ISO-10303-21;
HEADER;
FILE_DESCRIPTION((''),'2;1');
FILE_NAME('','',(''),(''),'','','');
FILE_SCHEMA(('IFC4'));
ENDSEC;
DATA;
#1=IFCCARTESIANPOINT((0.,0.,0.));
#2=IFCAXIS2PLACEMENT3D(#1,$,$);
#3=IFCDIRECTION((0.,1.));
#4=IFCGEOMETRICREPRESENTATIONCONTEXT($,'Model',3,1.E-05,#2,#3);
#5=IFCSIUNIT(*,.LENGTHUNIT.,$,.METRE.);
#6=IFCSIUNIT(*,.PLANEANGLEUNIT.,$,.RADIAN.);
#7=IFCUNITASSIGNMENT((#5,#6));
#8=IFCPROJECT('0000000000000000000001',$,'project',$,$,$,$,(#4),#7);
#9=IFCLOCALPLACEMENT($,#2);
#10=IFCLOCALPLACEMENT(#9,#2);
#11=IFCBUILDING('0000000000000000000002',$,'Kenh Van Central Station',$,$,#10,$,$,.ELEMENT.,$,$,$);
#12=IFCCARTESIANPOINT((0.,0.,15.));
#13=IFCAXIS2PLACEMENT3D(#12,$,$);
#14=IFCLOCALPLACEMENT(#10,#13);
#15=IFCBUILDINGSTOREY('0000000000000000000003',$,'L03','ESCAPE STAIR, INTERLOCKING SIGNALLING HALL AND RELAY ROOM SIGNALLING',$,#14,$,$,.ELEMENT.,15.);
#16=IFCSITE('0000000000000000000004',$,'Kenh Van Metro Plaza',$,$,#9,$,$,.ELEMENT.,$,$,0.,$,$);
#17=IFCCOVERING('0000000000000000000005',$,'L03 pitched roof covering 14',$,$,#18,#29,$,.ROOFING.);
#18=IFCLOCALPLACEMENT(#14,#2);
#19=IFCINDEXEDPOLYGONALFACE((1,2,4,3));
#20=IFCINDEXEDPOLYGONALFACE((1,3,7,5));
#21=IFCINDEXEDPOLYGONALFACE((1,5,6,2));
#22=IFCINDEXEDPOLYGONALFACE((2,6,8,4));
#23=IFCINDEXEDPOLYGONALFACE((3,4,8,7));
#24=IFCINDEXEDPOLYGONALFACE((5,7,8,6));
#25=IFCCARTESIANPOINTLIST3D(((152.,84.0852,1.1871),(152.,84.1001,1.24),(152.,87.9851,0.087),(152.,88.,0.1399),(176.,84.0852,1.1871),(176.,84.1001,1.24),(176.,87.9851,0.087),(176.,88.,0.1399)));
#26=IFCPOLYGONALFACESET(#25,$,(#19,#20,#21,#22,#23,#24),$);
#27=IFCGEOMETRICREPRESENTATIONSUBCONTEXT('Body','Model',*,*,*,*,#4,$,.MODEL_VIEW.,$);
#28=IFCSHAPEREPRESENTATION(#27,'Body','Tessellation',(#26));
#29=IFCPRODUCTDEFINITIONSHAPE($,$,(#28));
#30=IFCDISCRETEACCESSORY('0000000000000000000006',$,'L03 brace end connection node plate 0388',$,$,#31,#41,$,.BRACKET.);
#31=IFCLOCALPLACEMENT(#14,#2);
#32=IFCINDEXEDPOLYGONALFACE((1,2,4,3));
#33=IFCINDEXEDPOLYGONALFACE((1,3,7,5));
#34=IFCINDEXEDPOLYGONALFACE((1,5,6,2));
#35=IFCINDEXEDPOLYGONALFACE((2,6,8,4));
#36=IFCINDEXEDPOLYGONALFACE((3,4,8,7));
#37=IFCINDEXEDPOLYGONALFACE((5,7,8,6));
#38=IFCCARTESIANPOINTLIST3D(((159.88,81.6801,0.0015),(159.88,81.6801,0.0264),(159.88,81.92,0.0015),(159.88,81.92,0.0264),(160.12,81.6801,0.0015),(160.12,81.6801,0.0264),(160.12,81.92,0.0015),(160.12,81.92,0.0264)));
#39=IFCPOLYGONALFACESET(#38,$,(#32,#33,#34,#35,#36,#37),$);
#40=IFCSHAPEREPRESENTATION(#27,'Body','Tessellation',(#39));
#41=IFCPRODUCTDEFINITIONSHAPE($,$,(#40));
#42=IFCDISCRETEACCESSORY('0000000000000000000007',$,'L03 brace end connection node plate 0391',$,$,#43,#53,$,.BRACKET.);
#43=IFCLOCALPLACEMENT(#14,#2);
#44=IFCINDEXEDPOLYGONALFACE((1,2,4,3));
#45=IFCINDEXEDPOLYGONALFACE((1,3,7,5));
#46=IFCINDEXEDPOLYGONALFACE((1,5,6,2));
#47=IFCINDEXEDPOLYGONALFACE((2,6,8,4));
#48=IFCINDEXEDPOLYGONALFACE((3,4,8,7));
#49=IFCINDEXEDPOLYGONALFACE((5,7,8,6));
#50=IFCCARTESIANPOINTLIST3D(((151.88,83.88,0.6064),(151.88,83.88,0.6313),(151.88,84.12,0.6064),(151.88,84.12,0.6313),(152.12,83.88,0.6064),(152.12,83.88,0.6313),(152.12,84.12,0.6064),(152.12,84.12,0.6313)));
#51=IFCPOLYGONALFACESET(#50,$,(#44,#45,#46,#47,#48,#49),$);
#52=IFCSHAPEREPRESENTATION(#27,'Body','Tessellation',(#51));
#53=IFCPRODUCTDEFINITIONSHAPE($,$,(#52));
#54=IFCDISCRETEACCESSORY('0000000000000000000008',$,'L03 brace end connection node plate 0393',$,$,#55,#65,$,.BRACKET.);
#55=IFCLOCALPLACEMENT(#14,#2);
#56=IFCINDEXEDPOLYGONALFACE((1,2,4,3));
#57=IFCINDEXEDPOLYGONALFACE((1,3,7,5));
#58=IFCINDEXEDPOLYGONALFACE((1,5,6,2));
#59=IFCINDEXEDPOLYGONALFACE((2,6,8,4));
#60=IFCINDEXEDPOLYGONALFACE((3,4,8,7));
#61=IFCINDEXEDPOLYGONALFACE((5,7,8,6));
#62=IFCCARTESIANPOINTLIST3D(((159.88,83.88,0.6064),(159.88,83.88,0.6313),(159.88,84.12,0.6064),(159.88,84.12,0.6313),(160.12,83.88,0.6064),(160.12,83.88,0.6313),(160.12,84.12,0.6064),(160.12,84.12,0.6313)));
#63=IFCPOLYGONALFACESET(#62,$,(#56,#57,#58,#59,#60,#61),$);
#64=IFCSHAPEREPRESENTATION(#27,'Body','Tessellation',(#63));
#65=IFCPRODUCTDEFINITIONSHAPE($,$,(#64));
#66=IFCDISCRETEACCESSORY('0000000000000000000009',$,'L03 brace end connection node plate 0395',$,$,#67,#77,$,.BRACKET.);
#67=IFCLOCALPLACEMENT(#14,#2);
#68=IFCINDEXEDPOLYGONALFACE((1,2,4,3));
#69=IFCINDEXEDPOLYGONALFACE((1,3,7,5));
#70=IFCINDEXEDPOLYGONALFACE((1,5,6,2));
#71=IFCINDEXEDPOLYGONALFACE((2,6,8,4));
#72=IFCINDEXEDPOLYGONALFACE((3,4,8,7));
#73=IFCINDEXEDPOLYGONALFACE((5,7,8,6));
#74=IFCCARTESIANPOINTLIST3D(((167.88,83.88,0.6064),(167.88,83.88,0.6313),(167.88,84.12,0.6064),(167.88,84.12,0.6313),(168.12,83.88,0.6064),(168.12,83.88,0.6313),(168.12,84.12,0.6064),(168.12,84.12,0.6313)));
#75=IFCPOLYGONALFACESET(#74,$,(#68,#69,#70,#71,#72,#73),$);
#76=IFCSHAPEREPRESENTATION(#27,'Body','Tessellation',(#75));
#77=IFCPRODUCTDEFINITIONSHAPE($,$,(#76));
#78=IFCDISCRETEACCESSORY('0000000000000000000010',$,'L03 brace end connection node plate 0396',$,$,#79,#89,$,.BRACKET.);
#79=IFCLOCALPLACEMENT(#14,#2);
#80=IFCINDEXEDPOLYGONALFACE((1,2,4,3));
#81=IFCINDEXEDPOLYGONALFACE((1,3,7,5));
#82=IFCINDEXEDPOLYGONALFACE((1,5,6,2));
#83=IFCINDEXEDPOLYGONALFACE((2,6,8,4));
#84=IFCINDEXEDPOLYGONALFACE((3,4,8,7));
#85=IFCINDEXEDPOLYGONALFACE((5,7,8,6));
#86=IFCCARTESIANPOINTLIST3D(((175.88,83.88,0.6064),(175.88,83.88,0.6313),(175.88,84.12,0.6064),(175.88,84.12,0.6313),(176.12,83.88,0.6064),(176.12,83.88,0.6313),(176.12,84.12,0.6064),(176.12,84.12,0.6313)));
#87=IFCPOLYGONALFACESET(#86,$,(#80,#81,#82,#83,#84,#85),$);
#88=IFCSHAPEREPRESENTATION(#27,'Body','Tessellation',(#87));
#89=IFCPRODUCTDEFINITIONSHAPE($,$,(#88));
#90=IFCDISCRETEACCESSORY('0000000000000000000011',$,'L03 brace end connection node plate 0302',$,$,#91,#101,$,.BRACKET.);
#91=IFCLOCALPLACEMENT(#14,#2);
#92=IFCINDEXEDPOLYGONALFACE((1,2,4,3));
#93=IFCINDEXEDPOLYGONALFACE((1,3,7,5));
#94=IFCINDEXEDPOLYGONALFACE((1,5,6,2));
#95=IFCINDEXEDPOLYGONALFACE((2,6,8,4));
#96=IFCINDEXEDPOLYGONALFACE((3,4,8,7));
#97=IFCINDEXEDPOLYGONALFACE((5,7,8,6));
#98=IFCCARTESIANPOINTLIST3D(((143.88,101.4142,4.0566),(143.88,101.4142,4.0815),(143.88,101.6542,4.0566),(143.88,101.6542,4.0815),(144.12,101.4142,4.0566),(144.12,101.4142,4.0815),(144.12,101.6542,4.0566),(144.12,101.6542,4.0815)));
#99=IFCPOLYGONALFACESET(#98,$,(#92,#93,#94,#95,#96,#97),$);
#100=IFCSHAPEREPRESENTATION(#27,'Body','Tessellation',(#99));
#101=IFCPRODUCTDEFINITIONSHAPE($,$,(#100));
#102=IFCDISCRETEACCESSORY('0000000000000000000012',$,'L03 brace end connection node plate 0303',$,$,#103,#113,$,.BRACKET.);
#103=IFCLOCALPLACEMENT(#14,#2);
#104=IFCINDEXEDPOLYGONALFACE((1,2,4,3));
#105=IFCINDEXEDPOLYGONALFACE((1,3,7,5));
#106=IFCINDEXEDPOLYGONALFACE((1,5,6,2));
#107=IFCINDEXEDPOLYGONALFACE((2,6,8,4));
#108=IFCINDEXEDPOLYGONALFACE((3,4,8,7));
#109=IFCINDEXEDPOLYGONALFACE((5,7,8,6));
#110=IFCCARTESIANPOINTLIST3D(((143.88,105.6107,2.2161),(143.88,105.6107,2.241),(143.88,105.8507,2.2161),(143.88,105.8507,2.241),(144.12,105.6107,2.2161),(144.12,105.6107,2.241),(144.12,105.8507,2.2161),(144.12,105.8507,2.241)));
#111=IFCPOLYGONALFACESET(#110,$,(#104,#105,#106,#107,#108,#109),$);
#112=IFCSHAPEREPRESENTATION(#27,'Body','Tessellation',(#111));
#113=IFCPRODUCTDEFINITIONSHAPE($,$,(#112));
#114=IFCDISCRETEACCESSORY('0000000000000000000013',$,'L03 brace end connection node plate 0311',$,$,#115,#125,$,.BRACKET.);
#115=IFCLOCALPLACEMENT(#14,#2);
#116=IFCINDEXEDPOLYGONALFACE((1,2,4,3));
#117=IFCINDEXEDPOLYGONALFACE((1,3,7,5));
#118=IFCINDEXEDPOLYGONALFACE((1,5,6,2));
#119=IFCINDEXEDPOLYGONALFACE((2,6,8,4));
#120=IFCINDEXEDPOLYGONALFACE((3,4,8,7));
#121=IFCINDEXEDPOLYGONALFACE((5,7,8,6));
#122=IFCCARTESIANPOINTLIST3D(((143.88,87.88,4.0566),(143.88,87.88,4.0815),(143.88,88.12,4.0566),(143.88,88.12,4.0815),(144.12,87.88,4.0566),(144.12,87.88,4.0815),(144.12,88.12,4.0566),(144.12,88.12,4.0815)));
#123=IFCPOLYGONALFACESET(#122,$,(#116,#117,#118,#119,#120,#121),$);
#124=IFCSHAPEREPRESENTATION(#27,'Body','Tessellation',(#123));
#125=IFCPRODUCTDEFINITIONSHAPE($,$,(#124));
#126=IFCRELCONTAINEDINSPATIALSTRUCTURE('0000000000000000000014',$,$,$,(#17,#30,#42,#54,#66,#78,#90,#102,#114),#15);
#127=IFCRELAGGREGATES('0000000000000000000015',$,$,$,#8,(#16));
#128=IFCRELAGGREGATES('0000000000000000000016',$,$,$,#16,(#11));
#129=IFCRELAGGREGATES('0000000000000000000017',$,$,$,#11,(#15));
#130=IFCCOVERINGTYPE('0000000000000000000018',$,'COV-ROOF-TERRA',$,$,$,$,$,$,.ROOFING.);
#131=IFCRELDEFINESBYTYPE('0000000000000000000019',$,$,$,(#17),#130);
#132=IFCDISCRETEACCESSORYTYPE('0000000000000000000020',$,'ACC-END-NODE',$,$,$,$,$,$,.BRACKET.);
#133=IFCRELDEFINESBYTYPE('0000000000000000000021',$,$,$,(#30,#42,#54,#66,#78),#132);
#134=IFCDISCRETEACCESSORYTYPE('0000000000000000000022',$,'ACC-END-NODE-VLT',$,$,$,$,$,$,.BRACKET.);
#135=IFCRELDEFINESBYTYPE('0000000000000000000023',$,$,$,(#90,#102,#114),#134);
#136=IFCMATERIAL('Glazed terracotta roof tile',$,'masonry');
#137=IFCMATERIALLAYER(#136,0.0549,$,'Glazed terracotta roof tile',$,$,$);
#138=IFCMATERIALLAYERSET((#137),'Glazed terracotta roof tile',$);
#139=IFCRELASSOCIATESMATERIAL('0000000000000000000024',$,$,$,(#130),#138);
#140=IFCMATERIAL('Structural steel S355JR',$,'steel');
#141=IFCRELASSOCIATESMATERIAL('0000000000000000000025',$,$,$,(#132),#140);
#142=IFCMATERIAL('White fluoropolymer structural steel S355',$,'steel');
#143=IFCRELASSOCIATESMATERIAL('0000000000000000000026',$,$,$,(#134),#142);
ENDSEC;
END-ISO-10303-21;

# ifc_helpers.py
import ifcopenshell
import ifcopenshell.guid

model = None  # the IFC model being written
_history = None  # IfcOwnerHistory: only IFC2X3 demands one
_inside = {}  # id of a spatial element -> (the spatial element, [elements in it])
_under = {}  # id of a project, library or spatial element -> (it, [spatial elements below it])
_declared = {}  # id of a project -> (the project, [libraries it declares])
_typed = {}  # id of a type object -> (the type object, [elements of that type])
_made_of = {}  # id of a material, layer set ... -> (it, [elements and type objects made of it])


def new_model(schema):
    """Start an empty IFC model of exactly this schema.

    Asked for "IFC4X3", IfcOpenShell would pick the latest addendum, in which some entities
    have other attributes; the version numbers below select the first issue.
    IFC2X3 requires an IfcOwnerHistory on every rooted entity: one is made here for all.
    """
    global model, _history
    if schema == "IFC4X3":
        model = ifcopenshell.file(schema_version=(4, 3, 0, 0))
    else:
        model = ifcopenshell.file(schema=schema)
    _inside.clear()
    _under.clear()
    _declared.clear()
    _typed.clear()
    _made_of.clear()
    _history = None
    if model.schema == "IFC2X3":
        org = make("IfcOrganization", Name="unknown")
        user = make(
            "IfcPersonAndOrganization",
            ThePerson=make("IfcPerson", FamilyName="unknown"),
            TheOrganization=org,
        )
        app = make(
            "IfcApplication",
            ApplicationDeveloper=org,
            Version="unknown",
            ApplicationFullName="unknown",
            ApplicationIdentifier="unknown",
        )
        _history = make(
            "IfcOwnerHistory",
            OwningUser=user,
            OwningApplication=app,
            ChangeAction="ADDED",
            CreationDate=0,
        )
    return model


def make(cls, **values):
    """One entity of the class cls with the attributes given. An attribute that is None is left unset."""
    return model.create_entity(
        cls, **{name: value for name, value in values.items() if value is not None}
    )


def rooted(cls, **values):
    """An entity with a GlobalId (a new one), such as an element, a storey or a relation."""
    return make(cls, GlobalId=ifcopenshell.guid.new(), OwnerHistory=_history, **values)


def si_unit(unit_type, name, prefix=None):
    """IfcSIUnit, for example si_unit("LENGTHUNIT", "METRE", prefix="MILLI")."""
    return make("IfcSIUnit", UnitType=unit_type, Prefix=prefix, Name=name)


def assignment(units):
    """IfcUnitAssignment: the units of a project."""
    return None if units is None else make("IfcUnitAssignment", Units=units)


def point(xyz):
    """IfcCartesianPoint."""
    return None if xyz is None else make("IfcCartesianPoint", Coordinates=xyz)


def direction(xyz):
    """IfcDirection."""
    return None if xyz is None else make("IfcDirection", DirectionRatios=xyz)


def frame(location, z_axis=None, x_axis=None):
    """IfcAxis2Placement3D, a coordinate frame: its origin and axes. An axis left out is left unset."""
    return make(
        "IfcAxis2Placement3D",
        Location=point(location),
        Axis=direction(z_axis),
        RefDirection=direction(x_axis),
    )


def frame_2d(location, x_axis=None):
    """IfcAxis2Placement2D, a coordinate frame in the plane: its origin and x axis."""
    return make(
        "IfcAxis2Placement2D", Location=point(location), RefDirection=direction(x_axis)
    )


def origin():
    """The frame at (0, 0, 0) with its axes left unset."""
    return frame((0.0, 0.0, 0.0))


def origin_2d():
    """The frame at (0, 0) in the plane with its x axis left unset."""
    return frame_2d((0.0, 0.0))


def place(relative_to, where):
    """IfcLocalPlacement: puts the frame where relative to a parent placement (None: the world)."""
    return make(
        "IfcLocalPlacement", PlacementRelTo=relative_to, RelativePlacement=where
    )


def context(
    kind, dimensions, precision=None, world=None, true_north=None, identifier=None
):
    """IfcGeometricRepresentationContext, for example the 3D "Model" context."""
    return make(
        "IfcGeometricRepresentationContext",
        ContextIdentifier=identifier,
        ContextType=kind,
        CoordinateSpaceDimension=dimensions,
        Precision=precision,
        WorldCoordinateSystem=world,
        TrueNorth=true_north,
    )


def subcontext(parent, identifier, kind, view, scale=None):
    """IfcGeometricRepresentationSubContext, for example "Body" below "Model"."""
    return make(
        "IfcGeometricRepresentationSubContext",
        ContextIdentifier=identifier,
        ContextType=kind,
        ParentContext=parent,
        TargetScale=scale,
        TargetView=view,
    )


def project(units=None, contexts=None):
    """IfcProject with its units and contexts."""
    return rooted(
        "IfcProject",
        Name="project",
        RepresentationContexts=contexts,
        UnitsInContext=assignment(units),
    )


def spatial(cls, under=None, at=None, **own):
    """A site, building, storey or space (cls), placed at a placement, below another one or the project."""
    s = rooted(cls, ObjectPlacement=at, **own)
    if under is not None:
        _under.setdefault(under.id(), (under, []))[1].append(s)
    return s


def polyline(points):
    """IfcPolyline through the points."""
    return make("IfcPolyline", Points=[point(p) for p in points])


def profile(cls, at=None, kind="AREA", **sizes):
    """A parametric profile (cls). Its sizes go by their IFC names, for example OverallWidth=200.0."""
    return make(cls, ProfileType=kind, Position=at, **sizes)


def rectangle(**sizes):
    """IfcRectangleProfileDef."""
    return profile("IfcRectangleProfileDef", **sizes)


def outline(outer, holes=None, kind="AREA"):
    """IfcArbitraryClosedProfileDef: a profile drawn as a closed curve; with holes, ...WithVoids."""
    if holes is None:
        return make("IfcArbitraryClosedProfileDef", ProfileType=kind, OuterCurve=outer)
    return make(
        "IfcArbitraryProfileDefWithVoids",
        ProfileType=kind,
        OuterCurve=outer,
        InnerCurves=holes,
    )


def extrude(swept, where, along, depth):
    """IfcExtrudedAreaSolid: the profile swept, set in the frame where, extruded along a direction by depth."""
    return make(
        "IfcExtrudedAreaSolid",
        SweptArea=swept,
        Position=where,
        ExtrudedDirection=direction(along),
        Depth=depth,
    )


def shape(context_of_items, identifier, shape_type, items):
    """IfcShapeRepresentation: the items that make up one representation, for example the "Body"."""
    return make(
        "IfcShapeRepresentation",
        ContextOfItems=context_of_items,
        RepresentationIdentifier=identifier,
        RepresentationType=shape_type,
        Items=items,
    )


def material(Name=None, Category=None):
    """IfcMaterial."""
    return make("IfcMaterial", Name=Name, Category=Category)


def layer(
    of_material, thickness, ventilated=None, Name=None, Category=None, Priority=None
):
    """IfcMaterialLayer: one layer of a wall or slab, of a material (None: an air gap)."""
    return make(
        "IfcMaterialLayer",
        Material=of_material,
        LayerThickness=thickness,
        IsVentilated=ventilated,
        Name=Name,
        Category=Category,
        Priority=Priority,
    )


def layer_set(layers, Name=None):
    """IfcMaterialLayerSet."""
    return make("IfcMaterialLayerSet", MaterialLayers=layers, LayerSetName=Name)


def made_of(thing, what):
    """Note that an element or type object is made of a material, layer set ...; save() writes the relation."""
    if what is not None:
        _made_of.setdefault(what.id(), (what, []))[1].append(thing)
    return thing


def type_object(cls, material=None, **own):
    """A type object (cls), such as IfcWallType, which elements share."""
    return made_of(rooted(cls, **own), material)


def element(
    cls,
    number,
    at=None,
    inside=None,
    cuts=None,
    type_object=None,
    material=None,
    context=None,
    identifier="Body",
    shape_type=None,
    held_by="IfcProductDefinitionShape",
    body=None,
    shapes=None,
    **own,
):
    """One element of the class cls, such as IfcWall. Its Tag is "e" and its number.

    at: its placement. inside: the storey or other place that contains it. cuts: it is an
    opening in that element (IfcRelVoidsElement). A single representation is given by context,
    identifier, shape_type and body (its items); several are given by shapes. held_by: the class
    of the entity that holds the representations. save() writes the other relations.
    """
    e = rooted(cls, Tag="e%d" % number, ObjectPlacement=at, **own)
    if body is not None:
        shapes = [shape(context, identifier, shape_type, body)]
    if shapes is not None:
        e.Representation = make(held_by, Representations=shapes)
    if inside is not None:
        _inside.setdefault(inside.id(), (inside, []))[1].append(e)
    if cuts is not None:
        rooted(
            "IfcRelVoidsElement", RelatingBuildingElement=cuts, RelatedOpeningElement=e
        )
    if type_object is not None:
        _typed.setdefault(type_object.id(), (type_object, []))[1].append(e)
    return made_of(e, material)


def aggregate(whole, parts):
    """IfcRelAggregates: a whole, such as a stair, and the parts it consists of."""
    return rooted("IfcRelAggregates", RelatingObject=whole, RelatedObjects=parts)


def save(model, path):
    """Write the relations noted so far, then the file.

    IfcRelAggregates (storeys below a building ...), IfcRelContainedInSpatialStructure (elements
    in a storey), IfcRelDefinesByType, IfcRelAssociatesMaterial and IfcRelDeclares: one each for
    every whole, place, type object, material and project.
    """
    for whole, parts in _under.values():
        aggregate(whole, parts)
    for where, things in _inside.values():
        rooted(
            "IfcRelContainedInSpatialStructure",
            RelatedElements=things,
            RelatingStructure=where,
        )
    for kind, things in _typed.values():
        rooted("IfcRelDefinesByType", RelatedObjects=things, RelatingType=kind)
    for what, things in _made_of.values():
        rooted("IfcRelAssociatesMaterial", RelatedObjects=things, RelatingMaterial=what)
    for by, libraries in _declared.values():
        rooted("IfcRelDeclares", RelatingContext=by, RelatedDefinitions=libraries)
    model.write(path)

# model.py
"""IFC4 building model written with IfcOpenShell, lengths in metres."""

from ifc_helpers import new_model, si_unit, direction, frame, origin, origin_2d, place, context, subcontext, project, spatial, polyline, rectangle, outline, extrude, material, layer, layer_set, type_object, element, save


model = new_model("IFC4")

# Units and contexts
model_context = context("Model", 3, precision=1e-05, world=origin(), true_north=direction((0.0, 1.0)))
body_context = subcontext(model_context, "Body", "Model", "MODEL_VIEW")
ifc_project = project(units=[si_unit("LENGTHUNIT", "METRE"), si_unit("PLANEANGLEUNIT", "RADIAN")], contexts=[model_context])

# Site, building, storey
site_placement = place(None, origin())
site = spatial("IfcSite", under=ifc_project, at=site_placement, Name="Kenh Van Metro Plaza", CompositionType="ELEMENT", RefElevation=0.0)
building_placement = place(site_placement, origin())
building = spatial("IfcBuilding", under=site, at=building_placement, Name="Kenh Van Central Station", CompositionType="ELEMENT")
storey_placement = place(building_placement, frame((0.0, 0.0, 15.0)))
storey = spatial("IfcBuildingStorey", under=building, at=storey_placement, Name="L03", Description="ESCAPE STAIR, INTERLOCKING SIGNALLING HALL AND RELAY ROOM SIGNALLING", CompositionType="ELEMENT", Elevation=15.0)

# Shared definitions
ifc_material_1 = material(Name="White fluoropolymer structural steel S355", Category="steel")

# Covering
ifc_material_2 = material(Name="Glazed terracotta roof tile", Category="masonry")
ifc_layer_1 = layer(ifc_material_2, 0.0549, Name="Glazed terracotta roof tile")
ifc_layer_set_1 = layer_set([ifc_layer_1], Name="Glazed terracotta roof tile")
covering_type = type_object("IfcCoveringType", Name="COV-ROOF-TERRA", PredefinedType="ROOFING", material=ifc_layer_set_1)
covering_placement = place(storey_placement, frame((152.0, 84.1001, 1.24), z_axis=(0.0, 0.271489, 0.962442), x_axis=(1.0, 0.0, 0.0)))
element("IfcCovering", 1, at=covering_placement, inside=storey, type_object=covering_type, Name="L03 pitched roof covering 14", PredefinedType="ROOFING", context=body_context, shape_type="SweptSolid", body=[
    extrude(outline(polyline([(0.0, 0.0), (24.0, 0.0), (24.0, 4.0521), (0.0, 4.0521), (0.0, 0.0)])), origin(), (0.0, 0.0, -1.0), 0.0549),
])

# Discrete accessories
ifc_material_3 = material(Name="Structural steel S355JR", Category="steel")
discrete_accessory_type_1 = type_object("IfcDiscreteAccessoryType", Name="ACC-END-NODE", PredefinedType="BRACKET", material=ifc_material_3)
for number, where, z_axis, x_axis, name in (
    (2, (160.0, 81.8, 0.0015), (0.0, 0.0, 1.0), (1.0, 0.0, 0.0), "L03 brace end connection node plate 0388"),
    (3, (152.0, 84.0, 0.6064), (0.0, 0.0, 1.0), (1.0, 0.0, 0.0), "L03 brace end connection node plate 0391"),
    (4, (160.0, 84.0, 0.6064), (0.0, 0.0, 1.0), (1.0, 0.0, 0.0), "L03 brace end connection node plate 0393"),
    (5, (168.0, 84.0, 0.6064), (0.0, 0.0, 1.0), (1.0, 0.0, 0.0), "L03 brace end connection node plate 0395"),
    (6, (176.0, 84.0, 0.6064), (0.0, 0.0, 1.0), (1.0, 0.0, 0.0), "L03 brace end connection node plate 0396"),
):
    element("IfcDiscreteAccessory", number, at=place(storey_placement, frame(where, z_axis=z_axis, x_axis=x_axis)), inside=storey, type_object=discrete_accessory_type_1, Name=name, PredefinedType="BRACKET", context=body_context, shape_type="SweptSolid", body=[
        extrude(rectangle(XDim=0.24, YDim=0.24, at=origin_2d()), origin(), (0.0, 0.0, 1.0), 0.0249),
    ])
discrete_accessory_type_2 = type_object("IfcDiscreteAccessoryType", Name="ACC-END-NODE-VLT", PredefinedType="BRACKET", material=ifc_material_1)
for number, where, z_axis, x_axis, name in (
    (7, (144.0, 101.5342, 4.0566), (0.0, 0.0, 1.0), (1.0, 0.0, 0.0), "L03 brace end connection node plate 0302"),
    (8, (144.0, 105.7307, 2.2161), (0.0, 0.0, 1.0), (1.0, 0.0, 0.0), "L03 brace end connection node plate 0303"),
    (9, (144.0, 88.0, 4.0566), (0.0, 0.0, 1.0), (1.0, 0.0, 0.0), "L03 brace end connection node plate 0311"),
):
    element("IfcDiscreteAccessory", number, at=place(storey_placement, frame(where, z_axis=z_axis, x_axis=x_axis)), inside=storey, type_object=discrete_accessory_type_2, Name=name, PredefinedType="BRACKET", context=body_context, shape_type="SweptSolid", body=[
        extrude(rectangle(XDim=0.24, YDim=0.24, at=origin_2d()), origin(), (0.0, 0.0, 1.0), 0.0249),
    ])

save(model, "model.ifc")
